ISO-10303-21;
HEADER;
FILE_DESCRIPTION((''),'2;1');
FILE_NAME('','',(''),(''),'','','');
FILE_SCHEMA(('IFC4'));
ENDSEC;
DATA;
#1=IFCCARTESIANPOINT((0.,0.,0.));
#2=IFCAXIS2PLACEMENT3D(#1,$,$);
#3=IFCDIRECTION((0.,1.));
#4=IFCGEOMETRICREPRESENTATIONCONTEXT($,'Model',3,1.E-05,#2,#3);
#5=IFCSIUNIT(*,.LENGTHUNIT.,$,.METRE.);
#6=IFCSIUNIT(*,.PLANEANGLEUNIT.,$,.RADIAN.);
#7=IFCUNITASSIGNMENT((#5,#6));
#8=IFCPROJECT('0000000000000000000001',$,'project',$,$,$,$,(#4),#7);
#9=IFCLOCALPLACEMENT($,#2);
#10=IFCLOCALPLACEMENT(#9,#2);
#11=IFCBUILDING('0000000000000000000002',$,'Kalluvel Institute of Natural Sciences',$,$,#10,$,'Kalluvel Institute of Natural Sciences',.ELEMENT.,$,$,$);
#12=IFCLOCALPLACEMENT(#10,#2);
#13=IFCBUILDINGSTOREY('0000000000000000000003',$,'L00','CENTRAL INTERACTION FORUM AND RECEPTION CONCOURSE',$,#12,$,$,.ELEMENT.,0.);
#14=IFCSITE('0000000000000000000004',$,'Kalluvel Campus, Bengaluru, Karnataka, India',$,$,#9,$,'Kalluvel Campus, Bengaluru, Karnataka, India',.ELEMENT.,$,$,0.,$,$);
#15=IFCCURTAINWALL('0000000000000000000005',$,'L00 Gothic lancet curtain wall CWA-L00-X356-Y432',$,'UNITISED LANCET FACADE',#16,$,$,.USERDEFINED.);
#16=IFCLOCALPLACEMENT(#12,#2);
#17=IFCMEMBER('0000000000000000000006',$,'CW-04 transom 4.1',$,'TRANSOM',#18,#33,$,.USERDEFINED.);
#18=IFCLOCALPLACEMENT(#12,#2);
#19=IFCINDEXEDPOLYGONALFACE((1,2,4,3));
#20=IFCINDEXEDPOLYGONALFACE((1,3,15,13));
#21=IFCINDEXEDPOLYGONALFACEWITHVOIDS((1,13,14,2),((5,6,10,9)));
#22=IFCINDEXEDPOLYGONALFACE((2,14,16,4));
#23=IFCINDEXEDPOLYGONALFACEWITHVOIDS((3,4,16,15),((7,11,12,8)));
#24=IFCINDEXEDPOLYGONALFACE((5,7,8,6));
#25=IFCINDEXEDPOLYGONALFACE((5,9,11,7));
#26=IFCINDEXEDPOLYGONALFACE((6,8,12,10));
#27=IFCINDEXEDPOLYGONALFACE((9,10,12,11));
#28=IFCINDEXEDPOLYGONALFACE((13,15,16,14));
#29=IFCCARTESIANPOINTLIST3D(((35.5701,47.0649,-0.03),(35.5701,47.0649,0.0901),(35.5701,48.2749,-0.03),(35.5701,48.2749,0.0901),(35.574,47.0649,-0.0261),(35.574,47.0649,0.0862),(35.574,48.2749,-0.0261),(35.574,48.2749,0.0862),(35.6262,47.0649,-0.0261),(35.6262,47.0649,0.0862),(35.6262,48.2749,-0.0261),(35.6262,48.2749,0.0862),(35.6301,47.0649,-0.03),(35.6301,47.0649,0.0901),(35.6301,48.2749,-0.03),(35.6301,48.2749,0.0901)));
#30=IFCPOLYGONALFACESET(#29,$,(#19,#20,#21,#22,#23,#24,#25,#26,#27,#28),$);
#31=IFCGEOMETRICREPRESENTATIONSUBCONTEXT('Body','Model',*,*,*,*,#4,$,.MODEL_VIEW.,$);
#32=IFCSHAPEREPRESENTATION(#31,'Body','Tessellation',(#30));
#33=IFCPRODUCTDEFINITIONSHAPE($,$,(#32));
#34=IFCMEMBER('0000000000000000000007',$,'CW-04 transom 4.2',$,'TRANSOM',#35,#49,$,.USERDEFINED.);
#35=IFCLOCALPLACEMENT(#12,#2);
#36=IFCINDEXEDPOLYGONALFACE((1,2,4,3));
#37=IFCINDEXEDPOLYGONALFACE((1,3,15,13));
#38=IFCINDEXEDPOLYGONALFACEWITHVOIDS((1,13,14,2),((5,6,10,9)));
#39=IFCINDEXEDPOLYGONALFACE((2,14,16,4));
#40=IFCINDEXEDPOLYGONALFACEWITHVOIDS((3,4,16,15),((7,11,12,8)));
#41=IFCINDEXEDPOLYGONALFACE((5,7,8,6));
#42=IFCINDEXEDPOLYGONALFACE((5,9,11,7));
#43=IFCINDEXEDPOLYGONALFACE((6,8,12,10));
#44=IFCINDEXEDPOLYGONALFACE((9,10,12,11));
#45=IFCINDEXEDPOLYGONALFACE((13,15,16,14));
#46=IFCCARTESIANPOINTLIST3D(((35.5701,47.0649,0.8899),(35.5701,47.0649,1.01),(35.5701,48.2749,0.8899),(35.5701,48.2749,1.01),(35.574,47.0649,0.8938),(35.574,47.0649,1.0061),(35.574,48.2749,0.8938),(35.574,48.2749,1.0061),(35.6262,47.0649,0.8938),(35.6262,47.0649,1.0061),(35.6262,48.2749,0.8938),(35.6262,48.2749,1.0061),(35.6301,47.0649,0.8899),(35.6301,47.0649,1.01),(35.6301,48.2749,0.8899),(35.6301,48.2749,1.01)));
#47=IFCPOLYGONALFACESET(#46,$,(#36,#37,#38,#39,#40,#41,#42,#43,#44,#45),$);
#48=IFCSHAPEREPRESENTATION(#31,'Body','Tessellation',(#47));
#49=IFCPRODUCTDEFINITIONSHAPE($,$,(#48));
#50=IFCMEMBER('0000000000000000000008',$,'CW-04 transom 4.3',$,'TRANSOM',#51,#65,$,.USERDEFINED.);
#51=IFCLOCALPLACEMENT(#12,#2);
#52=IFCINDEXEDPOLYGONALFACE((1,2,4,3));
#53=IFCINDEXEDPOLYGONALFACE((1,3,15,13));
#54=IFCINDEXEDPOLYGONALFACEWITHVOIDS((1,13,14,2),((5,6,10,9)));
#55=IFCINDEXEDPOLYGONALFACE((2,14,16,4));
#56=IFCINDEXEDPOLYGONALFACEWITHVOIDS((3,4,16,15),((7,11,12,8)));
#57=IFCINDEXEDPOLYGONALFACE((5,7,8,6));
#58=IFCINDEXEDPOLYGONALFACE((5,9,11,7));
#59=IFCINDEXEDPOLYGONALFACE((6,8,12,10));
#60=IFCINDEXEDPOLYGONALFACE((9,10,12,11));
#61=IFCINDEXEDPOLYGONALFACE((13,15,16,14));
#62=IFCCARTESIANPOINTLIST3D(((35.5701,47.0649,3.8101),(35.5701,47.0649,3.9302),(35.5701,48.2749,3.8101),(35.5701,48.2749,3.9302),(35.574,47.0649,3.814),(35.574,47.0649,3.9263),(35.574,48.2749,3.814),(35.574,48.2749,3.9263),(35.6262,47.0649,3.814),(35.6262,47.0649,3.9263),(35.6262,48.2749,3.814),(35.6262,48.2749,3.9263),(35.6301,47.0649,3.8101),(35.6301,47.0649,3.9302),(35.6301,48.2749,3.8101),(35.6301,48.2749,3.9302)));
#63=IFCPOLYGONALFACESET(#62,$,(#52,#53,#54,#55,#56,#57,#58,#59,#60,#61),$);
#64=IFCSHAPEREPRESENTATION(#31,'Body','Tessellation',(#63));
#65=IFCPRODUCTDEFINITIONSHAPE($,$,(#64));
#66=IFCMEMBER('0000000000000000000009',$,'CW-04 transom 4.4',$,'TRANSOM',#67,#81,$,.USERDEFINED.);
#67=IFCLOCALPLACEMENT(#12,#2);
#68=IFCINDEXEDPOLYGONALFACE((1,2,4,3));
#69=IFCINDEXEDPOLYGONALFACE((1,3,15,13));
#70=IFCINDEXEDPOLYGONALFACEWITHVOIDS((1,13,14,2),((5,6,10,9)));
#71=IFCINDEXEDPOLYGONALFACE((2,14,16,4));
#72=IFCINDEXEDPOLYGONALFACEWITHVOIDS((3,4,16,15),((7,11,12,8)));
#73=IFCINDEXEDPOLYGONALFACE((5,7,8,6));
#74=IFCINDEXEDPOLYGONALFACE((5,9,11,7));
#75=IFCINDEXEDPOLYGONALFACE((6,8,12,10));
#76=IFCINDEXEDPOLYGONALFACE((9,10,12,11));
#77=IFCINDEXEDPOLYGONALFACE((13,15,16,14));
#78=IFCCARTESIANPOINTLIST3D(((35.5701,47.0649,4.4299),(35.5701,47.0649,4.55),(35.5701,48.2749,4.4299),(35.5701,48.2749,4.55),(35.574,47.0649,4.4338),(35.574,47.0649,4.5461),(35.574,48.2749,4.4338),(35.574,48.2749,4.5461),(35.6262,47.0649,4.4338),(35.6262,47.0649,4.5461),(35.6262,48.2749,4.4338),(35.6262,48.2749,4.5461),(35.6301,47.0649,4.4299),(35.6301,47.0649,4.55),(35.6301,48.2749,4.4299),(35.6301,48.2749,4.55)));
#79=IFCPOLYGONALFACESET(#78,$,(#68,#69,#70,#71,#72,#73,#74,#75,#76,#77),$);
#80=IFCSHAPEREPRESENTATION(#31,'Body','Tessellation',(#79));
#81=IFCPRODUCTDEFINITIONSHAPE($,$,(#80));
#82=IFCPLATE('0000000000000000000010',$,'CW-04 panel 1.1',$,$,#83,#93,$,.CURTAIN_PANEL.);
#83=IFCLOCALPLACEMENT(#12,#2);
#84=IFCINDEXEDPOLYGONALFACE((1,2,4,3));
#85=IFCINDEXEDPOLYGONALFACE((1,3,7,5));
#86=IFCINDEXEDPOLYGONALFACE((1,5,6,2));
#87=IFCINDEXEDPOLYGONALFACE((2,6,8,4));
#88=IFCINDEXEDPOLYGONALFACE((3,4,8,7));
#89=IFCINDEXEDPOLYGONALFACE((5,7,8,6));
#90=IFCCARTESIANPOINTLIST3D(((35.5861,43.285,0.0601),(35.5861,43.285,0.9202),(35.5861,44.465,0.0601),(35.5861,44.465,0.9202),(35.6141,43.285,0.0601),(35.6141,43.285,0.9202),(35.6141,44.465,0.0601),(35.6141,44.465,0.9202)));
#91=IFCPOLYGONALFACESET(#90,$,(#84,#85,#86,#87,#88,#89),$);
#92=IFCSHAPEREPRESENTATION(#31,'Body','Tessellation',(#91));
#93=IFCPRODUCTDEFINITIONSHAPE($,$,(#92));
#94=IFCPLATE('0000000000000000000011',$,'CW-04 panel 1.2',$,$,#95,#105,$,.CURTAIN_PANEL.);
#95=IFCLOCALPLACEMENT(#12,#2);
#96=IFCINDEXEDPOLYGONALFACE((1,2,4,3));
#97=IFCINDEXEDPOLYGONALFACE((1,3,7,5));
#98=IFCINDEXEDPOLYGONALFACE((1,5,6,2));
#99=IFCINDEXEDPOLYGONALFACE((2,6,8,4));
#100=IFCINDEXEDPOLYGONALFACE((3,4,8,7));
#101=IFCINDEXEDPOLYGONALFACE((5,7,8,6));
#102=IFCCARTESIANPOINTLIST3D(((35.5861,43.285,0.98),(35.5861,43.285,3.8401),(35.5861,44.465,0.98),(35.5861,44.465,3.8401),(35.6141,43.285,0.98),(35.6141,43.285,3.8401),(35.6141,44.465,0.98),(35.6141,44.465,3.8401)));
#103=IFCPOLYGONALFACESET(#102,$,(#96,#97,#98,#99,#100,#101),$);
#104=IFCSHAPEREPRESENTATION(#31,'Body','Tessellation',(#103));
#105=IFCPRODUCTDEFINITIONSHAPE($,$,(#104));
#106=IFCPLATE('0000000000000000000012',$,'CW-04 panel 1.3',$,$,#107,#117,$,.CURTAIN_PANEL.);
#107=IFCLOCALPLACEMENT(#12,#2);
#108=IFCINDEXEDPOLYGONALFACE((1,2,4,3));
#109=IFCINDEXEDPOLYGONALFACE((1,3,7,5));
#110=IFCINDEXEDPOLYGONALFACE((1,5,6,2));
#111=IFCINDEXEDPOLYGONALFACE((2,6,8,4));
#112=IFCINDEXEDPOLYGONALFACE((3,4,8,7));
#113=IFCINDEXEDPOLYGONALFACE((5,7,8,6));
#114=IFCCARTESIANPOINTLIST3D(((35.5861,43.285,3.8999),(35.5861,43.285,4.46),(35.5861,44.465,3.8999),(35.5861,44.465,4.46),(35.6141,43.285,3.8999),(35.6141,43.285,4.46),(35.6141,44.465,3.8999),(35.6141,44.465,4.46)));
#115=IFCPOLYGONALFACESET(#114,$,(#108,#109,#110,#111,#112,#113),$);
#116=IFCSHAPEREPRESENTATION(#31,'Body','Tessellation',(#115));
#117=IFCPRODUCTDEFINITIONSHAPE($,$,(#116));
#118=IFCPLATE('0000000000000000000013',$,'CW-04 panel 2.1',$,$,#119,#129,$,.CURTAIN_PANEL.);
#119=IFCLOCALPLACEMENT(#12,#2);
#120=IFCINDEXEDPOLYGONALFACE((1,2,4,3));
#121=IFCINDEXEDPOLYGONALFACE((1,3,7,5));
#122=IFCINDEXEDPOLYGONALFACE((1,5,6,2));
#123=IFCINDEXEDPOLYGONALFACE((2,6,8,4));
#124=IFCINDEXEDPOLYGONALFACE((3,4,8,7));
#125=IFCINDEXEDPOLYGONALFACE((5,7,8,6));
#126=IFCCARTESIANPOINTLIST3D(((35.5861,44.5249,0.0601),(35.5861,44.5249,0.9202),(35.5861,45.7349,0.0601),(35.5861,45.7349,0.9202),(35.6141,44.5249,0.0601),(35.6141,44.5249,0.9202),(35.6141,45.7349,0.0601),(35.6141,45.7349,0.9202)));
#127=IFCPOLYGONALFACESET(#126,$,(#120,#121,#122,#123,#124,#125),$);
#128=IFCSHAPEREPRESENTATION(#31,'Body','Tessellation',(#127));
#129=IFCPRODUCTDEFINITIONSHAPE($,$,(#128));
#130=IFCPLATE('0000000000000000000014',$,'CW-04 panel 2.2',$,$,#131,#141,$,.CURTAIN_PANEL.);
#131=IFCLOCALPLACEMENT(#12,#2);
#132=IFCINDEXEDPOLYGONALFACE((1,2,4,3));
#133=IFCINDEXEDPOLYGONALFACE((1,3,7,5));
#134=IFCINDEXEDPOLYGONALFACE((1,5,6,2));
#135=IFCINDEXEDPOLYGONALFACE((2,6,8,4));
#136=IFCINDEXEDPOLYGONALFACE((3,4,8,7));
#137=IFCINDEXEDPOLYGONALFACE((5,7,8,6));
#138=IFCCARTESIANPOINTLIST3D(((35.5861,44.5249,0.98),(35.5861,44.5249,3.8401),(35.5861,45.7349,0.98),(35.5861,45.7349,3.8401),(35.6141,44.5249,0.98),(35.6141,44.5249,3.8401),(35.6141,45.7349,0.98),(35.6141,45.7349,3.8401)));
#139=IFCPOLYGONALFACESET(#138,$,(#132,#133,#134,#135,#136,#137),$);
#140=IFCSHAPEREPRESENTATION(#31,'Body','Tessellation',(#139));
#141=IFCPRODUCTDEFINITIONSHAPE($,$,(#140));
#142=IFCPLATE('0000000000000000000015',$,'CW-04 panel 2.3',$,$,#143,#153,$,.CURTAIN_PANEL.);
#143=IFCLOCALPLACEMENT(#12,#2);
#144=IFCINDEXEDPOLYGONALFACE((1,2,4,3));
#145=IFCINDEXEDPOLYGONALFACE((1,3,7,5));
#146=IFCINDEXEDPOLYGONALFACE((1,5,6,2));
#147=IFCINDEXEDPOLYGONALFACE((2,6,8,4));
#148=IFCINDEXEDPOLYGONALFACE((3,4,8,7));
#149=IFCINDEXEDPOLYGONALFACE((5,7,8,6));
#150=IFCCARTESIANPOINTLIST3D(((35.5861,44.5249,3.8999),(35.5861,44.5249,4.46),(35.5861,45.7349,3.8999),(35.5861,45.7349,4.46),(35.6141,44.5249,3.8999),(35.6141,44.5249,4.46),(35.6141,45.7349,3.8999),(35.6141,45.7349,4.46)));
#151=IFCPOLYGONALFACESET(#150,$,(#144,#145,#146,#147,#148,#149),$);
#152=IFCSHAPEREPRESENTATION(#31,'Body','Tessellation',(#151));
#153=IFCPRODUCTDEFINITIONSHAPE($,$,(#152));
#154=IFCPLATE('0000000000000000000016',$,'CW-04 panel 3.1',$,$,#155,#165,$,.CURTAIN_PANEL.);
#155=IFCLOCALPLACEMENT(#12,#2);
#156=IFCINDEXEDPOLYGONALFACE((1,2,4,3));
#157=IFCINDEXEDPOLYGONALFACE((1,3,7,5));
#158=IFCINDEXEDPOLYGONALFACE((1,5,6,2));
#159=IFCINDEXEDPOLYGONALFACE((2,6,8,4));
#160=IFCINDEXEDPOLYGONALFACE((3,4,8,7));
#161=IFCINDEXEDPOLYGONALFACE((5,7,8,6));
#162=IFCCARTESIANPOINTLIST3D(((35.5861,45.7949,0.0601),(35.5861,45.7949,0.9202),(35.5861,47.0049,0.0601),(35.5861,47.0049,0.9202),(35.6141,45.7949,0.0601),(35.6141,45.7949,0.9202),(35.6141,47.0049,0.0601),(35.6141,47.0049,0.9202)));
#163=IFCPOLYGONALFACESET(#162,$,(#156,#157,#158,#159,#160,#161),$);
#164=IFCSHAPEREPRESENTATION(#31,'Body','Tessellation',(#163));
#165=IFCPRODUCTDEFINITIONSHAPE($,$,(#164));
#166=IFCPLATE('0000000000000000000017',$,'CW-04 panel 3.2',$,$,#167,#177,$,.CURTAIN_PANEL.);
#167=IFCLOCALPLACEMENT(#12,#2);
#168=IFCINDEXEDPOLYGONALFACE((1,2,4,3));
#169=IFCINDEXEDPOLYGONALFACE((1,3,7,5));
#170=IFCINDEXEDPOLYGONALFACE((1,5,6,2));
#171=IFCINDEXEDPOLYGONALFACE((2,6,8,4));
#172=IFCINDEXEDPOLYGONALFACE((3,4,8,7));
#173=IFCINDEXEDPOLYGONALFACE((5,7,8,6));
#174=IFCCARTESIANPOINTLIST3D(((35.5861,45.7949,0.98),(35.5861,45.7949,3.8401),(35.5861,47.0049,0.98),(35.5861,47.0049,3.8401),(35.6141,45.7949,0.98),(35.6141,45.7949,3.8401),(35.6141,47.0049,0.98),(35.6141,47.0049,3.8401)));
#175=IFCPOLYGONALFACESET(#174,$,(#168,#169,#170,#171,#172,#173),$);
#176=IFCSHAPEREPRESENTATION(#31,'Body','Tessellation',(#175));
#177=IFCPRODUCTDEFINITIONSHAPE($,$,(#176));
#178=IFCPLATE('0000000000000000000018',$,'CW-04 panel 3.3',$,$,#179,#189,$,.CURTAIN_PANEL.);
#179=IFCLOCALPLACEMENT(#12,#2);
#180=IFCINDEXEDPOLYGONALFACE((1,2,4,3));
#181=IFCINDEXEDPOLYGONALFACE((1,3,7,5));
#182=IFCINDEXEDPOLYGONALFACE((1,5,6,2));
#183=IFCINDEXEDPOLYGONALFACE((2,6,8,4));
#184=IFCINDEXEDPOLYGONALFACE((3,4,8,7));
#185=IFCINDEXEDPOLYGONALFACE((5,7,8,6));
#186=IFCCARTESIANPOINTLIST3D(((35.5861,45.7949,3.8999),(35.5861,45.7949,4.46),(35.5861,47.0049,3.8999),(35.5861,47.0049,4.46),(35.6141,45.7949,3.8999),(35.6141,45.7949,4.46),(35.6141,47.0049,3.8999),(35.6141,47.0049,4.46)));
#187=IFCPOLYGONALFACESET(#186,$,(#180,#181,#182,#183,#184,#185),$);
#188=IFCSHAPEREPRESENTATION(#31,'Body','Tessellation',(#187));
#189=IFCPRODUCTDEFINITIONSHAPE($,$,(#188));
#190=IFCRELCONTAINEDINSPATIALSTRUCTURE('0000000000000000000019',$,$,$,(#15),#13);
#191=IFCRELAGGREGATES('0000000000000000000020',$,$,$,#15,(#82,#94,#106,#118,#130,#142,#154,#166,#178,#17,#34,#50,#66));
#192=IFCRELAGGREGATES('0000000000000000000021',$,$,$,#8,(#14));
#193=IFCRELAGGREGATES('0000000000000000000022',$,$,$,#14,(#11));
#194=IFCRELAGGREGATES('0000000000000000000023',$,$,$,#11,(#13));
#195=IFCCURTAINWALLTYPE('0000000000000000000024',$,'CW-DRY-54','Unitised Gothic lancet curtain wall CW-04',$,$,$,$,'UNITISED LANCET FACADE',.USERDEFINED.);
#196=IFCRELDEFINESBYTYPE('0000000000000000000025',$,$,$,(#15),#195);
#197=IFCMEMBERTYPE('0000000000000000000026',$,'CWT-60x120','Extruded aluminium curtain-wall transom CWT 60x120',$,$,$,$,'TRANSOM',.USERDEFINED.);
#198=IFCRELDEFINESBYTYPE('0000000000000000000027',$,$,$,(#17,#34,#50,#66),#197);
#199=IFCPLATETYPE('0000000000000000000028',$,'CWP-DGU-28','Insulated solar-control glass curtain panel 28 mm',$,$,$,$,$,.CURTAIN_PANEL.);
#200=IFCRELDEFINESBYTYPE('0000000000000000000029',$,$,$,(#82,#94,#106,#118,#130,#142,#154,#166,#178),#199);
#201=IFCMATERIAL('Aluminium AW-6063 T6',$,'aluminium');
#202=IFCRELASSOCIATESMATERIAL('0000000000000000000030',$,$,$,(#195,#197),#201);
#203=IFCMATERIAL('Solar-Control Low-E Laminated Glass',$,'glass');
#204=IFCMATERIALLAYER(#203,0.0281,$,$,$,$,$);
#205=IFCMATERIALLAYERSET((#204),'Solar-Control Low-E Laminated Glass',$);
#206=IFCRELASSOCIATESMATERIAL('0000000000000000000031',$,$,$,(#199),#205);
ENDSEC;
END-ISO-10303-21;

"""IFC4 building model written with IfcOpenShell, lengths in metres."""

from ifc_helpers import new_model, si_unit, direction, frame, origin, origin_2d, place, context, subcontext, project, spatial, rectangle, hollow_rectangle, extrude, material, layer, layer_set, material_profile, profile_set, type_object, element, aggregate, save


model = new_model("IFC4")

# Units and contexts
model_context = context("Model", 3, precision=1e-05, world=origin(), true_north=direction((0.0, 1.0)))
body_context = subcontext(model_context, "Body", "Model", "MODEL_VIEW")
ifc_project = project(units=[si_unit("LENGTHUNIT", "METRE"), si_unit("PLANEANGLEUNIT", "RADIAN")], contexts=[model_context])

# Site, building, storey
site_placement = place(None, origin())
site = spatial("IfcSite", under=ifc_project, at=site_placement, Name="Kalluvel Campus, Bengaluru, Karnataka, India", LongName="Kalluvel Campus, Bengaluru, Karnataka, India", CompositionType="ELEMENT", RefElevation=0.0)
building_placement = place(site_placement, origin())
building = spatial("IfcBuilding", under=site, at=building_placement, Name="Kalluvel Institute of Natural Sciences", LongName="Kalluvel Institute of Natural Sciences", CompositionType="ELEMENT")
storey_placement = place(building_placement, origin())
storey = spatial("IfcBuildingStorey", under=building, at=storey_placement, Name="L00", Description="CENTRAL INTERACTION FORUM AND RECEPTION CONCOURSE", CompositionType="ELEMENT", Elevation=0.0)

# Curtain wall, members, plates
ifc_material_1 = material(Name="Aluminium AW-6063 T6", Category="aluminium")
curtain_wall_type = type_object("IfcCurtainWallType", Name="CW-DRY-54", Description="Unitised Gothic lancet curtain wall CW-04", ElementType="UNITISED LANCET FACADE", PredefinedType="USERDEFINED", material=ifc_material_1)
curtain_wall_placement = place(storey_placement, origin())
curtain_wall = element("IfcCurtainWall", 1, at=curtain_wall_placement, inside=storey, type_object=curtain_wall_type, Name="L00 Gothic lancet curtain wall CWA-L00-X356-Y432", ObjectType="UNITISED LANCET FACADE", PredefinedType="USERDEFINED")
ifc_material_profile_1 = material_profile(ifc_material_1, hollow_rectangle(XDim=0.0601, YDim=0.1201, WallThickness=0.0039, at=origin_2d()), Name="CWT 60x120")
ifc_profile_set_1 = profile_set([ifc_material_profile_1], Name="Aluminium AW-6063 T6")
member_type_1 = type_object("IfcMemberType", Name="CWT-60x120", Description="Extruded aluminium curtain-wall transom CWT 60x120", ElementType="TRANSOM", PredefinedType="USERDEFINED", material=ifc_profile_set_1)
member_1_placement = place(storey_placement, frame((35.6001, 47.0649, 0.03), z_axis=(0.0, 1.0, 0.0), x_axis=(-1.0, 0.0, 0.0)))
member_1 = element("IfcMember", 2, at=member_1_placement, type_object=member_type_1, Name="CW-04 transom 4.1", ObjectType="TRANSOM", PredefinedType="USERDEFINED", context=body_context, shape_type="SweptSolid", body=[
    extrude(hollow_rectangle(XDim=0.0601, YDim=0.1201, WallThickness=0.0039, at=origin_2d()), origin(), (0.0, 0.0, 1.0), 1.21),
])
member_2_placement = place(storey_placement, frame((35.6001, 47.0649, 0.95), z_axis=(0.0, 1.0, 0.0), x_axis=(-1.0, 0.0, 0.0)))
member_2 = element("IfcMember", 3, at=member_2_placement, type_object=member_type_1, Name="CW-04 transom 4.2", ObjectType="TRANSOM", PredefinedType="USERDEFINED", context=body_context, shape_type="SweptSolid", body=[
    extrude(hollow_rectangle(XDim=0.0601, YDim=0.1201, WallThickness=0.0039, at=origin_2d()), origin(), (0.0, 0.0, 1.0), 1.21),
])
member_3_placement = place(storey_placement, frame((35.6001, 47.0649, 3.8701), z_axis=(0.0, 1.0, 0.0), x_axis=(-1.0, 0.0, 0.0)))
member_3 = element("IfcMember", 4, at=member_3_placement, type_object=member_type_1, Name="CW-04 transom 4.3", ObjectType="TRANSOM", PredefinedType="USERDEFINED", context=body_context, shape_type="SweptSolid", body=[
    extrude(hollow_rectangle(XDim=0.0601, YDim=0.1201, WallThickness=0.0039, at=origin_2d()), origin(), (0.0, 0.0, 1.0), 1.21),
])
member_4_placement = place(storey_placement, frame((35.6001, 47.0649, 4.49), z_axis=(0.0, 1.0, 0.0), x_axis=(-1.0, 0.0, 0.0)))
member_4 = element("IfcMember", 5, at=member_4_placement, type_object=member_type_1, Name="CW-04 transom 4.4", ObjectType="TRANSOM", PredefinedType="USERDEFINED", context=body_context, shape_type="SweptSolid", body=[
    extrude(hollow_rectangle(XDim=0.0601, YDim=0.1201, WallThickness=0.0039, at=origin_2d()), origin(), (0.0, 0.0, 1.0), 1.21),
])
ifc_material_2 = material(Name="Solar-Control Low-E Laminated Glass", Category="glass")
ifc_layer = layer(ifc_material_2, 0.0281)
ifc_layer_set = layer_set([ifc_layer], Name="Solar-Control Low-E Laminated Glass")
plate_type = type_object("IfcPlateType", Name="CWP-DGU-28", Description="Insulated solar-control glass curtain panel 28 mm", PredefinedType="CURTAIN_PANEL", material=ifc_layer_set)
plate_1_placement = place(storey_placement, frame((35.6001, 43.875, 0.0601), z_axis=(0.0, 0.0, 1.0), x_axis=(0.0, 1.0, 0.0)))
plate_1 = element("IfcPlate", 6, at=plate_1_placement, type_object=plate_type, Name="CW-04 panel 1.1", PredefinedType="CURTAIN_PANEL", context=body_context, shape_type="SweptSolid", body=[
    extrude(rectangle(XDim=1.1799, YDim=0.0281, at=origin_2d()), origin(), (0.0, 0.0, 1.0), 0.8601),
])
plate_2_placement = place(storey_placement, frame((35.6001, 43.875, 0.98), z_axis=(0.0, 0.0, 1.0), x_axis=(0.0, 1.0, 0.0)))
plate_2 = element("IfcPlate", 7, at=plate_2_placement, type_object=plate_type, Name="CW-04 panel 1.2", PredefinedType="CURTAIN_PANEL", context=body_context, shape_type="SweptSolid", body=[
    extrude(rectangle(XDim=1.1799, YDim=0.0281, at=origin_2d()), origin(), (0.0, 0.0, 1.0), 2.8601),
])
plate_3_placement = place(storey_placement, frame((35.6001, 43.875, 3.8999), z_axis=(0.0, 0.0, 1.0), x_axis=(0.0, 1.0, 0.0)))
plate_3 = element("IfcPlate", 8, at=plate_3_placement, type_object=plate_type, Name="CW-04 panel 1.3", PredefinedType="CURTAIN_PANEL", context=body_context, shape_type="SweptSolid", body=[
    extrude(rectangle(XDim=1.1799, YDim=0.0281, at=origin_2d()), origin(), (0.0, 0.0, 1.0), 0.5601),
])
plate_4_placement = place(storey_placement, frame((35.6001, 45.1299, 0.0601), z_axis=(0.0, 0.0, 1.0), x_axis=(0.0, 1.0, 0.0)))
plate_4 = element("IfcPlate", 9, at=plate_4_placement, type_object=plate_type, Name="CW-04 panel 2.1", PredefinedType="CURTAIN_PANEL", context=body_context, shape_type="SweptSolid", body=[
    extrude(rectangle(XDim=1.21, YDim=0.0281, at=origin_2d()), origin(), (0.0, 0.0, 1.0), 0.8601),
])
plate_5_placement = place(storey_placement, frame((35.6001, 45.1299, 0.98), z_axis=(0.0, 0.0, 1.0), x_axis=(0.0, 1.0, 0.0)))
plate_5 = element("IfcPlate", 10, at=plate_5_placement, type_object=plate_type, Name="CW-04 panel 2.2", PredefinedType="CURTAIN_PANEL", context=body_context, shape_type="SweptSolid", body=[
    extrude(rectangle(XDim=1.21, YDim=0.0281, at=origin_2d()), origin(), (0.0, 0.0, 1.0), 2.8601),
])
plate_6_placement = place(storey_placement, frame((35.6001, 45.1299, 3.8999), z_axis=(0.0, 0.0, 1.0), x_axis=(0.0, 1.0, 0.0)))
plate_6 = element("IfcPlate", 11, at=plate_6_placement, type_object=plate_type, Name="CW-04 panel 2.3", PredefinedType="CURTAIN_PANEL", context=body_context, shape_type="SweptSolid", body=[
    extrude(rectangle(XDim=1.21, YDim=0.0281, at=origin_2d()), origin(), (0.0, 0.0, 1.0), 0.5601),
])
plate_7_placement = place(storey_placement, frame((35.6001, 46.3999, 0.0601), z_axis=(0.0, 0.0, 1.0), x_axis=(0.0, 1.0, 0.0)))
plate_7 = element("IfcPlate", 12, at=plate_7_placement, type_object=plate_type, Name="CW-04 panel 3.1", PredefinedType="CURTAIN_PANEL", context=body_context, shape_type="SweptSolid", body=[
    extrude(rectangle(XDim=1.21, YDim=0.0281, at=origin_2d()), origin(), (0.0, 0.0, 1.0), 0.8601),
])
plate_8_placement = place(storey_placement, frame((35.6001, 46.3999, 0.98), z_axis=(0.0, 0.0, 1.0), x_axis=(0.0, 1.0, 0.0)))
plate_8 = element("IfcPlate", 13, at=plate_8_placement, type_object=plate_type, Name="CW-04 panel 3.2", PredefinedType="CURTAIN_PANEL", context=body_context, shape_type="SweptSolid", body=[
    extrude(rectangle(XDim=1.21, YDim=0.0281, at=origin_2d()), origin(), (0.0, 0.0, 1.0), 2.8601),
])
plate_9_placement = place(storey_placement, frame((35.6001, 46.3999, 3.8999), z_axis=(0.0, 0.0, 1.0), x_axis=(0.0, 1.0, 0.0)))
plate_9 = element("IfcPlate", 14, at=plate_9_placement, type_object=plate_type, Name="CW-04 panel 3.3", PredefinedType="CURTAIN_PANEL", context=body_context, shape_type="SweptSolid", body=[
    extrude(rectangle(XDim=1.21, YDim=0.0281, at=origin_2d()), origin(), (0.0, 0.0, 1.0), 0.5601),
])
aggregate(curtain_wall, [plate_1, plate_2, plate_3, plate_4, plate_5, plate_6, plate_7, plate_8, plate_9, member_1, member_2, member_3, member_4])

save(model, "model.ifc")
